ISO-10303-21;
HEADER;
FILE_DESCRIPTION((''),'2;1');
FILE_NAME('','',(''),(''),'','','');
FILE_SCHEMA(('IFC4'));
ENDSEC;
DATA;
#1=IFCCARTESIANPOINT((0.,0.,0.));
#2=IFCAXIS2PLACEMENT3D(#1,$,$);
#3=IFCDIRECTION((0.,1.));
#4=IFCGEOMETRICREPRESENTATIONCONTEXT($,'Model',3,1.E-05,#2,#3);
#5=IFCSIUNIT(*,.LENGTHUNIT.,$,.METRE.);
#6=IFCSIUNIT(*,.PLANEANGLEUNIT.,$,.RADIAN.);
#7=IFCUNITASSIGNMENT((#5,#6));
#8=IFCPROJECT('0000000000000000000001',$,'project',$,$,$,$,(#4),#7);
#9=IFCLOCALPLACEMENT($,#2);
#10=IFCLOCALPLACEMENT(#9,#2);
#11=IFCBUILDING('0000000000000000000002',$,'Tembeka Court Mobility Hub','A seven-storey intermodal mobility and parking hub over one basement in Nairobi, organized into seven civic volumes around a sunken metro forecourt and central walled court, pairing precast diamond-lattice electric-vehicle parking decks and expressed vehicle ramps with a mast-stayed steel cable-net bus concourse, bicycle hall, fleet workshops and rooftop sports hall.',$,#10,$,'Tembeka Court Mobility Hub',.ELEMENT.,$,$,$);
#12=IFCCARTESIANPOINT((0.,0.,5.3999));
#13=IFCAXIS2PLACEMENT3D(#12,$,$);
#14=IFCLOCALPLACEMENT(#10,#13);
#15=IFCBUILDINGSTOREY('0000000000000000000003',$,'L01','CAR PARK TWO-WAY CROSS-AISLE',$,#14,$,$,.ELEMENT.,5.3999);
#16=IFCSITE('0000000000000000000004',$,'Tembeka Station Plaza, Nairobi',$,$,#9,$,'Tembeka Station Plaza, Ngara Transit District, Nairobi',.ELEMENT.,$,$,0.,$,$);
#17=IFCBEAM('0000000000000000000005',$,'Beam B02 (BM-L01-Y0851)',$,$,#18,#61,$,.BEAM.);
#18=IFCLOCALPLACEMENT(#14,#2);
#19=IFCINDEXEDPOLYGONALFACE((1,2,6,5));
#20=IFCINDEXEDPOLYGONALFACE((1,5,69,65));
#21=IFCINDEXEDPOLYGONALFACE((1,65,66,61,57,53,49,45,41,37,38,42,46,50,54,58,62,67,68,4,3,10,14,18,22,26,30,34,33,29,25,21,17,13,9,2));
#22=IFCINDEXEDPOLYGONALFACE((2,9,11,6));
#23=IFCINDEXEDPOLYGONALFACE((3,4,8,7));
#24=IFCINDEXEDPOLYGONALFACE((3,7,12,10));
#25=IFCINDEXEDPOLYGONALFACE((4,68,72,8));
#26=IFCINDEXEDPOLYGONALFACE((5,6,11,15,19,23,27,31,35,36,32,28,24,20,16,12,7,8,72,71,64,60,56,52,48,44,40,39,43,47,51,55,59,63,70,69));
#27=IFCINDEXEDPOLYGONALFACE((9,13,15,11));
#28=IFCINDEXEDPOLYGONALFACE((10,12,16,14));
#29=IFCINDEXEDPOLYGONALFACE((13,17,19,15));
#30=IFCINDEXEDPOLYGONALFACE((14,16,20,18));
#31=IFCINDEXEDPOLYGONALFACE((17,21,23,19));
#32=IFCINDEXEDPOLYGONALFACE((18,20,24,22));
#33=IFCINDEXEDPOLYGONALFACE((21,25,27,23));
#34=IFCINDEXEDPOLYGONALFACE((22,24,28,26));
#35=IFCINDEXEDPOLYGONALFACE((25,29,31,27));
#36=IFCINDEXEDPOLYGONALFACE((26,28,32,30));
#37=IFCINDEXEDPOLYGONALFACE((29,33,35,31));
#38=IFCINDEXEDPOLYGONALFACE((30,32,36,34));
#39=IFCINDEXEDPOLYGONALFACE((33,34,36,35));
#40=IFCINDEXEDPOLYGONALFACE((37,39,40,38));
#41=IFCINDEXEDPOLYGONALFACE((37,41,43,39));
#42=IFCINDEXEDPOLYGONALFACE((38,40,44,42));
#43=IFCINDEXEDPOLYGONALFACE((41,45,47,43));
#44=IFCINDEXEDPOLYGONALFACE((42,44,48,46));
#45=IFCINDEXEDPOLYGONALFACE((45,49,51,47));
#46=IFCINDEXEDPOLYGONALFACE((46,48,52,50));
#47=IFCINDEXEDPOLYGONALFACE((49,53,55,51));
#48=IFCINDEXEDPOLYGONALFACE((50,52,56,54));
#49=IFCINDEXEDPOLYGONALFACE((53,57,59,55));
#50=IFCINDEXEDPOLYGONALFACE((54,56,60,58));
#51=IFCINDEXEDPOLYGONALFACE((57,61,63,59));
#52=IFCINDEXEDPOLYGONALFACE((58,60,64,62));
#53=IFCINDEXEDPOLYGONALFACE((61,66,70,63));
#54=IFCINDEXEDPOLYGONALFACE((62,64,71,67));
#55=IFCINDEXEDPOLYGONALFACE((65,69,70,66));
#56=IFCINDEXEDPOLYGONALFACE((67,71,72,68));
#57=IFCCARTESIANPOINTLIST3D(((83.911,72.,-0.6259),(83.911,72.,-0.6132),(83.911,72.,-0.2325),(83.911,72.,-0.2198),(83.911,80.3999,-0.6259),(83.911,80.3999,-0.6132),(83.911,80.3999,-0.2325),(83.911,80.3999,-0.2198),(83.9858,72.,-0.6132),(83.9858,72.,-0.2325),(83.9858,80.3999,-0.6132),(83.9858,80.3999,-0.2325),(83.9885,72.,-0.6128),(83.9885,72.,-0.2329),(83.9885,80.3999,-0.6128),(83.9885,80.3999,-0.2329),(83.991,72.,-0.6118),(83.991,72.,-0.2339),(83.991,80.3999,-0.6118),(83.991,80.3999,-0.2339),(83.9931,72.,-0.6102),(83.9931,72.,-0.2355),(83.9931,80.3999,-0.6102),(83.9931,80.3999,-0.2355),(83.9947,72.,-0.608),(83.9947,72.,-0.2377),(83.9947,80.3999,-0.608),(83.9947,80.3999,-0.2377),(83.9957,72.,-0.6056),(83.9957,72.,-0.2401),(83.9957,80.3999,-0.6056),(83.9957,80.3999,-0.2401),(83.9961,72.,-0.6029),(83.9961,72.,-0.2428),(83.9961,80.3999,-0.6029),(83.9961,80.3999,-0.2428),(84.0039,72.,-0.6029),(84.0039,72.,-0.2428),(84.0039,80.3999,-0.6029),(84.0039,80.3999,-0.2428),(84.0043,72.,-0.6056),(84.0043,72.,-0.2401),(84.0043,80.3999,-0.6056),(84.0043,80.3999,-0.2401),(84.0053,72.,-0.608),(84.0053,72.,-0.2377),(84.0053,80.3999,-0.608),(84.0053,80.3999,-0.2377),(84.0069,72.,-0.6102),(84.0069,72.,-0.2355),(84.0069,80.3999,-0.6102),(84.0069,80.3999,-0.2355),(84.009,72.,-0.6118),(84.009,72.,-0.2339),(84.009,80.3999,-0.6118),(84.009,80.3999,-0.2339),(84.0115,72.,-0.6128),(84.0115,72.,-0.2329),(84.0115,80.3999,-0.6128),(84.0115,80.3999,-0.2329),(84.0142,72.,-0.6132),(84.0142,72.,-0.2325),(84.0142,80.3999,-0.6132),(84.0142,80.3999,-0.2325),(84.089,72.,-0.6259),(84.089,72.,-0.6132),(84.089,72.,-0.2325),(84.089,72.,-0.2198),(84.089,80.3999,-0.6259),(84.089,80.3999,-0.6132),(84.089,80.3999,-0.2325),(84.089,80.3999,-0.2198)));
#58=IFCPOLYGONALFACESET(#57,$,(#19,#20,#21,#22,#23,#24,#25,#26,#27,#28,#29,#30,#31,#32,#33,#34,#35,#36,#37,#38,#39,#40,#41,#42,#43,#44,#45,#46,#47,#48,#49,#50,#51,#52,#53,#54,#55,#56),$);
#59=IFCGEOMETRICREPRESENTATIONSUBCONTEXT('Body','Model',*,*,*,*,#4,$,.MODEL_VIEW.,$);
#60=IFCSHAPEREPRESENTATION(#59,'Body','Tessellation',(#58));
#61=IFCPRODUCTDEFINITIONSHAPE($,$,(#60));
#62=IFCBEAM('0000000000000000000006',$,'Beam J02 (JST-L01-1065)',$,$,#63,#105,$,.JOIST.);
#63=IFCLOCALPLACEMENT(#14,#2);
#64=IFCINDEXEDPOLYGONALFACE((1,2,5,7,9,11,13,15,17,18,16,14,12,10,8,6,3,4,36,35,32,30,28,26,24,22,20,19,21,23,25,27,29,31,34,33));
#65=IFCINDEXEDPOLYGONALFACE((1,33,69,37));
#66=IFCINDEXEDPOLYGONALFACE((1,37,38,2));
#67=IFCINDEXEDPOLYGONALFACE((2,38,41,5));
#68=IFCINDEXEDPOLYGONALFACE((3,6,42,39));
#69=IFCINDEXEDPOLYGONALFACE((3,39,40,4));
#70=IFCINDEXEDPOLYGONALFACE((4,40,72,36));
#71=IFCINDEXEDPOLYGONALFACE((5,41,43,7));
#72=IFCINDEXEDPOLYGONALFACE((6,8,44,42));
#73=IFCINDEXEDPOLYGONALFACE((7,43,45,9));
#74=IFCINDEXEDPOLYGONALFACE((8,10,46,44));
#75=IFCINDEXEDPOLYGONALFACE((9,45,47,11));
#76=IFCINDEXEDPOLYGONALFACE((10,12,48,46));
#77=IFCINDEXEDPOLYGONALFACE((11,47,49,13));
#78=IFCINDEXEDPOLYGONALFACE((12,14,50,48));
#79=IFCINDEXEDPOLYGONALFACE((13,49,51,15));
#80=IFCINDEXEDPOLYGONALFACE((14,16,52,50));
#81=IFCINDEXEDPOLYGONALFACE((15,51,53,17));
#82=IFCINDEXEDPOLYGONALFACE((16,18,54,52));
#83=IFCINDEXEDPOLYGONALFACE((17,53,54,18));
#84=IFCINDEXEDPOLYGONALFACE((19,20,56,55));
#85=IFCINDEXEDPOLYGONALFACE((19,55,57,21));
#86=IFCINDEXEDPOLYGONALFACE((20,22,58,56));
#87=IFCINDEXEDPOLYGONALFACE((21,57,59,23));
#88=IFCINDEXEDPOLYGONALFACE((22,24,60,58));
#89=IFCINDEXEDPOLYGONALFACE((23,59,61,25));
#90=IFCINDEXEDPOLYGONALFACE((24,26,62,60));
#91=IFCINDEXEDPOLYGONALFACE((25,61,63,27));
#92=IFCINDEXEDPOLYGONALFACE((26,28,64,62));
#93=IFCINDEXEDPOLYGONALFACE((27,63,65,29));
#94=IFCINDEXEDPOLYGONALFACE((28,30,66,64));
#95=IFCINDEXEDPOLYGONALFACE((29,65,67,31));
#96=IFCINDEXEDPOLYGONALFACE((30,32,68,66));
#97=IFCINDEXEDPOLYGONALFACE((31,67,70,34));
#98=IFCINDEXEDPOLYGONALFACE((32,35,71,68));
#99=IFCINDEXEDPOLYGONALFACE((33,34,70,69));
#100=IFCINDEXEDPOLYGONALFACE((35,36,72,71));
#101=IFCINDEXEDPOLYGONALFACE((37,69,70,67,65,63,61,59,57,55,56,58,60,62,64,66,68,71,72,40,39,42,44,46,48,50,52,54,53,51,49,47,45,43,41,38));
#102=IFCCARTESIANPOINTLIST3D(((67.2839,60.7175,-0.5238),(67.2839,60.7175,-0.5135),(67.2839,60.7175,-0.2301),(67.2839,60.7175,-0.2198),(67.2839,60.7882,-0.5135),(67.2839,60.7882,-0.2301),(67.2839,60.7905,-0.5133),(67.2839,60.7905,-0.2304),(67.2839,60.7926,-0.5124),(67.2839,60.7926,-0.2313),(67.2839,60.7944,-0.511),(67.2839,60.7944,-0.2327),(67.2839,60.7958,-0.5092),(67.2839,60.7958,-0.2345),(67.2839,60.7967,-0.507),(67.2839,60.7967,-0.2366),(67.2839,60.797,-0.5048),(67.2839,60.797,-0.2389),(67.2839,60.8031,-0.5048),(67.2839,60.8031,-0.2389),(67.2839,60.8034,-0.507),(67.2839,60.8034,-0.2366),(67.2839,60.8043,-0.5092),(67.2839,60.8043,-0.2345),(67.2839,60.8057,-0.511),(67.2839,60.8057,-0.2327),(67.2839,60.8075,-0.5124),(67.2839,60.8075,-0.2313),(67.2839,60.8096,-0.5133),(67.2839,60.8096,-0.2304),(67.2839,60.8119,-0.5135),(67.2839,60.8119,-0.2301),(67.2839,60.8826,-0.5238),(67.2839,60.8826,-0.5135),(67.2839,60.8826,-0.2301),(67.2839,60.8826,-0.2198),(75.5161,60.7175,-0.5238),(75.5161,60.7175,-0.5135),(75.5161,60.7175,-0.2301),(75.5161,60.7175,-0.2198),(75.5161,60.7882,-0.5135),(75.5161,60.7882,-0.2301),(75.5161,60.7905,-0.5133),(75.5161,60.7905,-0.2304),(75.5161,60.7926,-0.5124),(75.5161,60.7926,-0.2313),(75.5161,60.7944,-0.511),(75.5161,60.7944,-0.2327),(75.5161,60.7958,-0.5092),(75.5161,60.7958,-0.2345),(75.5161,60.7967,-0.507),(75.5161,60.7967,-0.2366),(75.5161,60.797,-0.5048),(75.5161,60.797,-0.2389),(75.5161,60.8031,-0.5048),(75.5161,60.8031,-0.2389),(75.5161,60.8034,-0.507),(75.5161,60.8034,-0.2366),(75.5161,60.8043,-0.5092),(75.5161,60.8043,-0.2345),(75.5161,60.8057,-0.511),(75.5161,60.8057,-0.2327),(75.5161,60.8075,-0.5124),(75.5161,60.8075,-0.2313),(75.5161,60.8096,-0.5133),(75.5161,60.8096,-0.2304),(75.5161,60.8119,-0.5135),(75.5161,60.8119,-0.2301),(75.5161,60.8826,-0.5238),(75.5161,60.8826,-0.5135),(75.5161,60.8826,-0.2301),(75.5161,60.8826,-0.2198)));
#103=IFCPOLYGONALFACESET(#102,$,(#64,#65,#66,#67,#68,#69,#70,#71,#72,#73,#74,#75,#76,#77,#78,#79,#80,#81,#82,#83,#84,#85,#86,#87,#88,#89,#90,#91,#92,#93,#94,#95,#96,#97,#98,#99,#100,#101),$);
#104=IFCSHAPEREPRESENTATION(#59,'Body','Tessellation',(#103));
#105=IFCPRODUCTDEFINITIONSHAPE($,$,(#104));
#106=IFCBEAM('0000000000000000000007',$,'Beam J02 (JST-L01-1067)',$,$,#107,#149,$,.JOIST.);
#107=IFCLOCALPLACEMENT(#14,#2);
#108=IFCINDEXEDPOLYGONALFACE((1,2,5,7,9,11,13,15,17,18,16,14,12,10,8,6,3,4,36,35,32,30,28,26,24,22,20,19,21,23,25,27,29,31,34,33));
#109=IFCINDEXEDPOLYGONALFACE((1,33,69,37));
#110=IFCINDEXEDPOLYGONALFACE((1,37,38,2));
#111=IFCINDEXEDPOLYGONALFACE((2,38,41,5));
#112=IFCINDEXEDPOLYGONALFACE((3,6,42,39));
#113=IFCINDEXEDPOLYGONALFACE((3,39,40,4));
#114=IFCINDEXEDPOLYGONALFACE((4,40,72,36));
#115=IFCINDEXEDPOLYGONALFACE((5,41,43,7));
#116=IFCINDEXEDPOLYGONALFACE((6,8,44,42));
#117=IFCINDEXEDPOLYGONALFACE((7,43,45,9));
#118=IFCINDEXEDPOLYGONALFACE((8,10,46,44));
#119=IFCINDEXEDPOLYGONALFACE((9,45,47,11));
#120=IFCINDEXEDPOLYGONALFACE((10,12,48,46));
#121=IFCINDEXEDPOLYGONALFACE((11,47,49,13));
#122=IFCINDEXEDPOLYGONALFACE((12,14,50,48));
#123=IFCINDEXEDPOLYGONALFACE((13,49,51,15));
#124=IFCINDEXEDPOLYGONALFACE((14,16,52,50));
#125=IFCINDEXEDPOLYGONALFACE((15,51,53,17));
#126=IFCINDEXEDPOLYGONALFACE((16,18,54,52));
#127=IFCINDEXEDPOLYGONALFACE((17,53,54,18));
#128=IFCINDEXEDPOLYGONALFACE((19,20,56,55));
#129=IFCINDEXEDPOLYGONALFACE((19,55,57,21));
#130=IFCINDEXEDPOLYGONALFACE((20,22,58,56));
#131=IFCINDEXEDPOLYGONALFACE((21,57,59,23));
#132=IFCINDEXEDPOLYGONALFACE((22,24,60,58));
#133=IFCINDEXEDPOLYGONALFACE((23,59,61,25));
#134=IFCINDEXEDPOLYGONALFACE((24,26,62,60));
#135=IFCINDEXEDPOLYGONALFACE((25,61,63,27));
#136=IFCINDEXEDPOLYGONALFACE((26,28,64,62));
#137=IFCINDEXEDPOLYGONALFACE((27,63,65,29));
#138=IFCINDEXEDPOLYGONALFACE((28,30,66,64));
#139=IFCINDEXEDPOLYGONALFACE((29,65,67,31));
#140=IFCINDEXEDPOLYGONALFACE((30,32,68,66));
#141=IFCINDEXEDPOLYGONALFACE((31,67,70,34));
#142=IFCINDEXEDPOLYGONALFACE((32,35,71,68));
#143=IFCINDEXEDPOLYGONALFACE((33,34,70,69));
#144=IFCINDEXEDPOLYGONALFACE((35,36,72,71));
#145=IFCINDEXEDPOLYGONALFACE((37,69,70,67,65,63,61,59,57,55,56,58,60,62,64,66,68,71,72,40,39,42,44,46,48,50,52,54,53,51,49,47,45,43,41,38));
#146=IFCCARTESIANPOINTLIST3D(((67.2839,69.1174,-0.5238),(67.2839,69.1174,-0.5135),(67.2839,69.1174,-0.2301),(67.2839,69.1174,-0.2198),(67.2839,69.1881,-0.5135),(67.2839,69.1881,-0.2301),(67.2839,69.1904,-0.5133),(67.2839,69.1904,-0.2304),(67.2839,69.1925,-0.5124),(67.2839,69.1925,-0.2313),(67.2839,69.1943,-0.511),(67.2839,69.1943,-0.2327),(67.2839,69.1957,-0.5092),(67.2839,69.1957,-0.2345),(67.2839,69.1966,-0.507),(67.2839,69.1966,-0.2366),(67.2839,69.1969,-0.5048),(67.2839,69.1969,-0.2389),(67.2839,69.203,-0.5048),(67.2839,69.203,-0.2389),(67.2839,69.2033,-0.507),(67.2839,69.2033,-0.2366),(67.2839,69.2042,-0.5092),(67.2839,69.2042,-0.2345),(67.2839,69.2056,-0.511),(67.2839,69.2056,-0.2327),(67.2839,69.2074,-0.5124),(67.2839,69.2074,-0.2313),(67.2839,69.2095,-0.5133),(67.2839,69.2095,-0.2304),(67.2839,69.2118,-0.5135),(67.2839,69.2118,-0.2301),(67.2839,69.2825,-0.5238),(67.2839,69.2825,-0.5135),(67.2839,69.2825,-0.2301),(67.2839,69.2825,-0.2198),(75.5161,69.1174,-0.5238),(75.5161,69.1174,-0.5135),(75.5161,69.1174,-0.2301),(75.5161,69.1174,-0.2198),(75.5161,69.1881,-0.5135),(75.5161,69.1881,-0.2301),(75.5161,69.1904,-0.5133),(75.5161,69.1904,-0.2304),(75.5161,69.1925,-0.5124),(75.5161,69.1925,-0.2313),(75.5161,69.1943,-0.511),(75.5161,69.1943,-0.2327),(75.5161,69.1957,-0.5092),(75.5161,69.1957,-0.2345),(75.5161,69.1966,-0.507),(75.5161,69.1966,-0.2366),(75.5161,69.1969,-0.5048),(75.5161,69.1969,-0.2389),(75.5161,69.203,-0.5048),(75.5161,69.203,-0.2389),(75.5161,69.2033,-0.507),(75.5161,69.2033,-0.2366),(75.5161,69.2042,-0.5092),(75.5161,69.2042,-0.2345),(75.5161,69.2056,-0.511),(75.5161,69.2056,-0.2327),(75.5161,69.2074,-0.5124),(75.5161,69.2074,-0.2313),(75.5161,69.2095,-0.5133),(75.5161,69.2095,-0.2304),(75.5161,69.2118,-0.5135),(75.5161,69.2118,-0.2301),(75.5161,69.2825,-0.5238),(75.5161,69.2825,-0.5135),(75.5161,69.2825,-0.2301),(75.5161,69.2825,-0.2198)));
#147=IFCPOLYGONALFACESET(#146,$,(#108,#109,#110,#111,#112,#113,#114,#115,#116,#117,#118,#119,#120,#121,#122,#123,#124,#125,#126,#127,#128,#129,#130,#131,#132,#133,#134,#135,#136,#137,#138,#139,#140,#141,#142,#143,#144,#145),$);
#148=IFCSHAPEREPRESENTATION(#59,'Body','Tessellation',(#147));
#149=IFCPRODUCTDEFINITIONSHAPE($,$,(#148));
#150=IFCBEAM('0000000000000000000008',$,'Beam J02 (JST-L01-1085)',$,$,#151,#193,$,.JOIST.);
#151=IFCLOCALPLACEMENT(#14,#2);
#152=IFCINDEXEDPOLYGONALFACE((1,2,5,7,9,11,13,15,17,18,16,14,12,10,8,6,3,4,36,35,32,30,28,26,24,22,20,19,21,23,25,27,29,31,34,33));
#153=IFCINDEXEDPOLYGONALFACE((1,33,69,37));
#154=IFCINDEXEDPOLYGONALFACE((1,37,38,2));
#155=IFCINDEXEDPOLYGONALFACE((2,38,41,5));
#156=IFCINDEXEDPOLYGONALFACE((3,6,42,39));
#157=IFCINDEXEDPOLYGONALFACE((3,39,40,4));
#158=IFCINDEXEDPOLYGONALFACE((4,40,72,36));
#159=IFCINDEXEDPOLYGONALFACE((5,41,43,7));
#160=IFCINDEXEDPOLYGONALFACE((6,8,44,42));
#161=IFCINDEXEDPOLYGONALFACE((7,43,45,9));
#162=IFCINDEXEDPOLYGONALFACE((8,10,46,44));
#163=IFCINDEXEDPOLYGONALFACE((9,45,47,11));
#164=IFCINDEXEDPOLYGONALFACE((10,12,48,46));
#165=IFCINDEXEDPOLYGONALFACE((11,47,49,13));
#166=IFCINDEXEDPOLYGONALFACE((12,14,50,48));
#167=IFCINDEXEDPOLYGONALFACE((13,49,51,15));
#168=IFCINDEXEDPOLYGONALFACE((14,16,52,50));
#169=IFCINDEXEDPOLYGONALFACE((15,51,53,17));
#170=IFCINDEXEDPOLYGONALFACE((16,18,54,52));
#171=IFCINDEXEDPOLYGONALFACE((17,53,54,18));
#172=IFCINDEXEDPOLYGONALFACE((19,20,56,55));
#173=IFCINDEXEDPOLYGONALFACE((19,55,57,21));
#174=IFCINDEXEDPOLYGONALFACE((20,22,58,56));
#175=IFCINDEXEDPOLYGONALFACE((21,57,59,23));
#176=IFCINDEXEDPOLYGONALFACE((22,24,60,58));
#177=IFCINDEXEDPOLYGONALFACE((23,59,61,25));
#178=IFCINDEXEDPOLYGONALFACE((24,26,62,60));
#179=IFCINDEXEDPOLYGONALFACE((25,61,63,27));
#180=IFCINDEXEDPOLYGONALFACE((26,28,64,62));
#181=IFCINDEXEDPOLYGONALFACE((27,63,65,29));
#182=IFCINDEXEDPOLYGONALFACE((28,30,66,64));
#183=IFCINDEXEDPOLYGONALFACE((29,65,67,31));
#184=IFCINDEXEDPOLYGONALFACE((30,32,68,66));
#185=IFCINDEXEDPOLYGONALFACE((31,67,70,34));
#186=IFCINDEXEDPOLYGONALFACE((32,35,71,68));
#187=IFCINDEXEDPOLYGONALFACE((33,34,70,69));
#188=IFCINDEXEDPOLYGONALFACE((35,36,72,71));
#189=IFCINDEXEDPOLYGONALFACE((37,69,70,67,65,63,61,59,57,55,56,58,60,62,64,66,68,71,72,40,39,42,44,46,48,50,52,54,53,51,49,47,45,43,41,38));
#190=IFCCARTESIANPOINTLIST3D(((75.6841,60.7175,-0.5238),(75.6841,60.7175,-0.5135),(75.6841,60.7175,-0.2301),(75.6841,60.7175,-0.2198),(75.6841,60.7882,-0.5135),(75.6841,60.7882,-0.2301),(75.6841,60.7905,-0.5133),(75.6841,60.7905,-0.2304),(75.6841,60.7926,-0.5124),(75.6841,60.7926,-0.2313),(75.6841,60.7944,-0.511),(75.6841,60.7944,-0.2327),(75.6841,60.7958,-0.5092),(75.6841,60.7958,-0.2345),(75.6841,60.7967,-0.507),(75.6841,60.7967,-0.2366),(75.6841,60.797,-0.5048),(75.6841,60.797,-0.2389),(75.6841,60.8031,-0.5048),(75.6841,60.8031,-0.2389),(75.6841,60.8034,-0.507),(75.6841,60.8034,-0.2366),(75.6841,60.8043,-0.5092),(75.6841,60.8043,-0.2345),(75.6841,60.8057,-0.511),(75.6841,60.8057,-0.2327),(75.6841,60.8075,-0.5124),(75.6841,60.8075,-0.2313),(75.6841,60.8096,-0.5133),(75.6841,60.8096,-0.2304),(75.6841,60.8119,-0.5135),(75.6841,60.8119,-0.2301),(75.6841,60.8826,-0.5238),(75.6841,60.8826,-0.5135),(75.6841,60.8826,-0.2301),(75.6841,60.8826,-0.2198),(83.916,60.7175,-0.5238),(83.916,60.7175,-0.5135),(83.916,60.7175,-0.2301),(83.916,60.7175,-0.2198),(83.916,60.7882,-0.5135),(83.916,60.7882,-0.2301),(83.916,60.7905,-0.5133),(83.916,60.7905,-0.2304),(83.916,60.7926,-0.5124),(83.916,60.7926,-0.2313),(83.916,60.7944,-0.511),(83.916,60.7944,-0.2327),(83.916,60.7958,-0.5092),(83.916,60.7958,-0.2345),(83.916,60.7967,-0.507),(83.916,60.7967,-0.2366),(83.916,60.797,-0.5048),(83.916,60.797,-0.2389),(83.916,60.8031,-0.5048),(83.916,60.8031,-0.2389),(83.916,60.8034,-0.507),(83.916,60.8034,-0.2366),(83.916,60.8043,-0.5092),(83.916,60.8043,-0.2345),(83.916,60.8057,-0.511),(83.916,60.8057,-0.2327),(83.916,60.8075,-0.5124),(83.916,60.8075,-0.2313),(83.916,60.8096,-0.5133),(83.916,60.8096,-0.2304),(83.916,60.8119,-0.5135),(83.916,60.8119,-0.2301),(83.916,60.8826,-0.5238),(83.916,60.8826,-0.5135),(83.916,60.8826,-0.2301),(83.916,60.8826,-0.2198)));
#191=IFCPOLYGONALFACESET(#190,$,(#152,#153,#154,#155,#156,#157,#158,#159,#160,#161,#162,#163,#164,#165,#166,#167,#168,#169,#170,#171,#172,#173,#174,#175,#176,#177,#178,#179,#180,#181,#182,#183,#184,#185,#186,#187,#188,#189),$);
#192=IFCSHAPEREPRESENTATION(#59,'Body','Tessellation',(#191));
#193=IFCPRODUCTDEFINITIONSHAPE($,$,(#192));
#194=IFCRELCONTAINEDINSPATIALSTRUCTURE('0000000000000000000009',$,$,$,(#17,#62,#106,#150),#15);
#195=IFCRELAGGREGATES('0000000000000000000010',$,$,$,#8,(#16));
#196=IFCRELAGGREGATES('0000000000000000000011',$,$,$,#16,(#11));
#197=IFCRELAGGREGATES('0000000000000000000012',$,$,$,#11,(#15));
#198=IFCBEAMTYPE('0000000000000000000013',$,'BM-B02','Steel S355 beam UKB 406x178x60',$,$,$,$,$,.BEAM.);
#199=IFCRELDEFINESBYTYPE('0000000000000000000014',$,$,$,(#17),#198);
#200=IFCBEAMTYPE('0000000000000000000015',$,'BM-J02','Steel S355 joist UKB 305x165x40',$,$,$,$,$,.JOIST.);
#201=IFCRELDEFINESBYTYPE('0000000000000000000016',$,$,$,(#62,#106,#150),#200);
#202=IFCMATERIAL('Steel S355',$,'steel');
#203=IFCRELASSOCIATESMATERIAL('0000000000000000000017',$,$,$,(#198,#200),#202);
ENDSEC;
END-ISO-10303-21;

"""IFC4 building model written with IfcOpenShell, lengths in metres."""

from ifc_helpers import new_model, si_unit, direction, frame, origin, origin_2d, place, context, subcontext, project, spatial, i_section, extrude, material, material_profile, profile_set, type_object, element, save


model = new_model("IFC4")

# Units and contexts
model_context = context("Model", 3, precision=1e-05, world=origin(), true_north=direction((0.0, 1.0)))
body_context = subcontext(model_context, "Body", "Model", "MODEL_VIEW")
ifc_project = project(units=[si_unit("LENGTHUNIT", "METRE"), si_unit("PLANEANGLEUNIT", "RADIAN")], contexts=[model_context])

# Site, building, storey
site_placement = place(None, origin())
site = spatial("IfcSite", under=ifc_project, at=site_placement, Name="Tembeka Station Plaza, Nairobi", LongName="Tembeka Station Plaza, Ngara Transit District, Nairobi", CompositionType="ELEMENT", RefElevation=0.0)
building_placement = place(site_placement, origin())
building = spatial("IfcBuilding", under=site, at=building_placement, Name="Tembeka Court Mobility Hub", Description="A seven-storey intermodal mobility and parking hub over one basement in Nairobi, organized into seven civic volumes around a sunken metro forecourt and central walled court, pairing precast diamond-lattice electric-vehicle parking decks and expressed vehicle ramps with a mast-stayed steel cable-net bus concourse, bicycle hall, fleet workshops and rooftop sports hall.", LongName="Tembeka Court Mobility Hub", CompositionType="ELEMENT")
storey_placement = place(building_placement, frame((0.0, 0.0, 5.3999)))
storey = spatial("IfcBuildingStorey", under=building, at=storey_placement, Name="L01", Description="CAR PARK TWO-WAY CROSS-AISLE", CompositionType="ELEMENT", Elevation=5.3999)

# Shared definitions
ifc_material = material(Name="Steel S355", Category="steel")

# Beams
ifc_material_profile_1 = material_profile(ifc_material, i_section(OverallWidth=0.178, OverallDepth=0.406, WebThickness=0.0078, FlangeThickness=0.0127, FilletRadius=0.0103, at=origin_2d()), Name="UKB 406x178x60")
ifc_profile_set_1 = profile_set([ifc_material_profile_1], Name="Steel S355")
beam_type_1 = type_object("IfcBeamType", Name="BM-B02", Description="Steel S355 beam UKB 406x178x60", PredefinedType="BEAM", material=ifc_profile_set_1)
for number, where, z_axis, x_axis, name in (
    (1, (84.0, 72.0, -0.4229), (0.0, 1.0, 0.0), (-1.0, 0.0, 0.0), "Beam B02 (BM-L01-Y0851)"),
):
    element("IfcBeam", number, at=place(storey_placement, frame(where, z_axis=z_axis, x_axis=x_axis)), inside=storey, type_object=beam_type_1, Name=name, PredefinedType="BEAM", context=body_context, shape_type="SweptSolid", body=[
        extrude(i_section(OverallWidth=0.178, OverallDepth=0.406, WebThickness=0.0078, FlangeThickness=0.0127, FilletRadius=0.0103, at=origin_2d()), origin(), (0.0, 0.0, 1.0), 8.3999),
    ])
ifc_material_profile_2 = material_profile(ifc_material, i_section(OverallWidth=0.165, OverallDepth=0.304, WebThickness=0.0061, FlangeThickness=0.0103, FilletRadius=0.0088, at=origin_2d()), Name="UKB 305x165x40")
ifc_profile_set_2 = profile_set([ifc_material_profile_2], Name="Steel S355")
beam_type_2 = type_object("IfcBeamType", Name="BM-J02", Description="Steel S355 joist UKB 305x165x40", PredefinedType="JOIST", material=ifc_profile_set_2)
for number, where, z_axis, x_axis, name in (
    (2, (67.2839, 60.8, -0.3718), (1.0, 0.0, 0.0), (0.0, 1.0, 0.0), "Beam J02 (JST-L01-1065)"),
    (3, (67.2839, 69.2, -0.3718), (1.0, 0.0, 0.0), (0.0, 1.0, 0.0), "Beam J02 (JST-L01-1067)"),
):
    element("IfcBeam", number, at=place(storey_placement, frame(where, z_axis=z_axis, x_axis=x_axis)), inside=storey, type_object=beam_type_2, Name=name, PredefinedType="JOIST", context=body_context, shape_type="SweptSolid", body=[
        extrude(i_section(OverallWidth=0.165, OverallDepth=0.304, WebThickness=0.0061, FlangeThickness=0.0103, FilletRadius=0.0088, at=origin_2d()), origin(), (0.0, 0.0, 1.0), 8.2322),
    ])
for number, where, z_axis, x_axis, name in (
    (4, (75.6841, 60.8, -0.3718), (1.0, 0.0, 0.0), (0.0, 1.0, 0.0), "Beam J02 (JST-L01-1085)"),
):
    element("IfcBeam", number, at=place(storey_placement, frame(where, z_axis=z_axis, x_axis=x_axis)), inside=storey, type_object=beam_type_2, Name=name, PredefinedType="JOIST", context=body_context, shape_type="SweptSolid", body=[
        extrude(i_section(OverallWidth=0.165, OverallDepth=0.304, WebThickness=0.0061, FlangeThickness=0.0103, FilletRadius=0.0088, at=origin_2d()), origin(), (0.0, 0.0, 1.0), 8.2319),
    ])

save(model, "model.ifc")
